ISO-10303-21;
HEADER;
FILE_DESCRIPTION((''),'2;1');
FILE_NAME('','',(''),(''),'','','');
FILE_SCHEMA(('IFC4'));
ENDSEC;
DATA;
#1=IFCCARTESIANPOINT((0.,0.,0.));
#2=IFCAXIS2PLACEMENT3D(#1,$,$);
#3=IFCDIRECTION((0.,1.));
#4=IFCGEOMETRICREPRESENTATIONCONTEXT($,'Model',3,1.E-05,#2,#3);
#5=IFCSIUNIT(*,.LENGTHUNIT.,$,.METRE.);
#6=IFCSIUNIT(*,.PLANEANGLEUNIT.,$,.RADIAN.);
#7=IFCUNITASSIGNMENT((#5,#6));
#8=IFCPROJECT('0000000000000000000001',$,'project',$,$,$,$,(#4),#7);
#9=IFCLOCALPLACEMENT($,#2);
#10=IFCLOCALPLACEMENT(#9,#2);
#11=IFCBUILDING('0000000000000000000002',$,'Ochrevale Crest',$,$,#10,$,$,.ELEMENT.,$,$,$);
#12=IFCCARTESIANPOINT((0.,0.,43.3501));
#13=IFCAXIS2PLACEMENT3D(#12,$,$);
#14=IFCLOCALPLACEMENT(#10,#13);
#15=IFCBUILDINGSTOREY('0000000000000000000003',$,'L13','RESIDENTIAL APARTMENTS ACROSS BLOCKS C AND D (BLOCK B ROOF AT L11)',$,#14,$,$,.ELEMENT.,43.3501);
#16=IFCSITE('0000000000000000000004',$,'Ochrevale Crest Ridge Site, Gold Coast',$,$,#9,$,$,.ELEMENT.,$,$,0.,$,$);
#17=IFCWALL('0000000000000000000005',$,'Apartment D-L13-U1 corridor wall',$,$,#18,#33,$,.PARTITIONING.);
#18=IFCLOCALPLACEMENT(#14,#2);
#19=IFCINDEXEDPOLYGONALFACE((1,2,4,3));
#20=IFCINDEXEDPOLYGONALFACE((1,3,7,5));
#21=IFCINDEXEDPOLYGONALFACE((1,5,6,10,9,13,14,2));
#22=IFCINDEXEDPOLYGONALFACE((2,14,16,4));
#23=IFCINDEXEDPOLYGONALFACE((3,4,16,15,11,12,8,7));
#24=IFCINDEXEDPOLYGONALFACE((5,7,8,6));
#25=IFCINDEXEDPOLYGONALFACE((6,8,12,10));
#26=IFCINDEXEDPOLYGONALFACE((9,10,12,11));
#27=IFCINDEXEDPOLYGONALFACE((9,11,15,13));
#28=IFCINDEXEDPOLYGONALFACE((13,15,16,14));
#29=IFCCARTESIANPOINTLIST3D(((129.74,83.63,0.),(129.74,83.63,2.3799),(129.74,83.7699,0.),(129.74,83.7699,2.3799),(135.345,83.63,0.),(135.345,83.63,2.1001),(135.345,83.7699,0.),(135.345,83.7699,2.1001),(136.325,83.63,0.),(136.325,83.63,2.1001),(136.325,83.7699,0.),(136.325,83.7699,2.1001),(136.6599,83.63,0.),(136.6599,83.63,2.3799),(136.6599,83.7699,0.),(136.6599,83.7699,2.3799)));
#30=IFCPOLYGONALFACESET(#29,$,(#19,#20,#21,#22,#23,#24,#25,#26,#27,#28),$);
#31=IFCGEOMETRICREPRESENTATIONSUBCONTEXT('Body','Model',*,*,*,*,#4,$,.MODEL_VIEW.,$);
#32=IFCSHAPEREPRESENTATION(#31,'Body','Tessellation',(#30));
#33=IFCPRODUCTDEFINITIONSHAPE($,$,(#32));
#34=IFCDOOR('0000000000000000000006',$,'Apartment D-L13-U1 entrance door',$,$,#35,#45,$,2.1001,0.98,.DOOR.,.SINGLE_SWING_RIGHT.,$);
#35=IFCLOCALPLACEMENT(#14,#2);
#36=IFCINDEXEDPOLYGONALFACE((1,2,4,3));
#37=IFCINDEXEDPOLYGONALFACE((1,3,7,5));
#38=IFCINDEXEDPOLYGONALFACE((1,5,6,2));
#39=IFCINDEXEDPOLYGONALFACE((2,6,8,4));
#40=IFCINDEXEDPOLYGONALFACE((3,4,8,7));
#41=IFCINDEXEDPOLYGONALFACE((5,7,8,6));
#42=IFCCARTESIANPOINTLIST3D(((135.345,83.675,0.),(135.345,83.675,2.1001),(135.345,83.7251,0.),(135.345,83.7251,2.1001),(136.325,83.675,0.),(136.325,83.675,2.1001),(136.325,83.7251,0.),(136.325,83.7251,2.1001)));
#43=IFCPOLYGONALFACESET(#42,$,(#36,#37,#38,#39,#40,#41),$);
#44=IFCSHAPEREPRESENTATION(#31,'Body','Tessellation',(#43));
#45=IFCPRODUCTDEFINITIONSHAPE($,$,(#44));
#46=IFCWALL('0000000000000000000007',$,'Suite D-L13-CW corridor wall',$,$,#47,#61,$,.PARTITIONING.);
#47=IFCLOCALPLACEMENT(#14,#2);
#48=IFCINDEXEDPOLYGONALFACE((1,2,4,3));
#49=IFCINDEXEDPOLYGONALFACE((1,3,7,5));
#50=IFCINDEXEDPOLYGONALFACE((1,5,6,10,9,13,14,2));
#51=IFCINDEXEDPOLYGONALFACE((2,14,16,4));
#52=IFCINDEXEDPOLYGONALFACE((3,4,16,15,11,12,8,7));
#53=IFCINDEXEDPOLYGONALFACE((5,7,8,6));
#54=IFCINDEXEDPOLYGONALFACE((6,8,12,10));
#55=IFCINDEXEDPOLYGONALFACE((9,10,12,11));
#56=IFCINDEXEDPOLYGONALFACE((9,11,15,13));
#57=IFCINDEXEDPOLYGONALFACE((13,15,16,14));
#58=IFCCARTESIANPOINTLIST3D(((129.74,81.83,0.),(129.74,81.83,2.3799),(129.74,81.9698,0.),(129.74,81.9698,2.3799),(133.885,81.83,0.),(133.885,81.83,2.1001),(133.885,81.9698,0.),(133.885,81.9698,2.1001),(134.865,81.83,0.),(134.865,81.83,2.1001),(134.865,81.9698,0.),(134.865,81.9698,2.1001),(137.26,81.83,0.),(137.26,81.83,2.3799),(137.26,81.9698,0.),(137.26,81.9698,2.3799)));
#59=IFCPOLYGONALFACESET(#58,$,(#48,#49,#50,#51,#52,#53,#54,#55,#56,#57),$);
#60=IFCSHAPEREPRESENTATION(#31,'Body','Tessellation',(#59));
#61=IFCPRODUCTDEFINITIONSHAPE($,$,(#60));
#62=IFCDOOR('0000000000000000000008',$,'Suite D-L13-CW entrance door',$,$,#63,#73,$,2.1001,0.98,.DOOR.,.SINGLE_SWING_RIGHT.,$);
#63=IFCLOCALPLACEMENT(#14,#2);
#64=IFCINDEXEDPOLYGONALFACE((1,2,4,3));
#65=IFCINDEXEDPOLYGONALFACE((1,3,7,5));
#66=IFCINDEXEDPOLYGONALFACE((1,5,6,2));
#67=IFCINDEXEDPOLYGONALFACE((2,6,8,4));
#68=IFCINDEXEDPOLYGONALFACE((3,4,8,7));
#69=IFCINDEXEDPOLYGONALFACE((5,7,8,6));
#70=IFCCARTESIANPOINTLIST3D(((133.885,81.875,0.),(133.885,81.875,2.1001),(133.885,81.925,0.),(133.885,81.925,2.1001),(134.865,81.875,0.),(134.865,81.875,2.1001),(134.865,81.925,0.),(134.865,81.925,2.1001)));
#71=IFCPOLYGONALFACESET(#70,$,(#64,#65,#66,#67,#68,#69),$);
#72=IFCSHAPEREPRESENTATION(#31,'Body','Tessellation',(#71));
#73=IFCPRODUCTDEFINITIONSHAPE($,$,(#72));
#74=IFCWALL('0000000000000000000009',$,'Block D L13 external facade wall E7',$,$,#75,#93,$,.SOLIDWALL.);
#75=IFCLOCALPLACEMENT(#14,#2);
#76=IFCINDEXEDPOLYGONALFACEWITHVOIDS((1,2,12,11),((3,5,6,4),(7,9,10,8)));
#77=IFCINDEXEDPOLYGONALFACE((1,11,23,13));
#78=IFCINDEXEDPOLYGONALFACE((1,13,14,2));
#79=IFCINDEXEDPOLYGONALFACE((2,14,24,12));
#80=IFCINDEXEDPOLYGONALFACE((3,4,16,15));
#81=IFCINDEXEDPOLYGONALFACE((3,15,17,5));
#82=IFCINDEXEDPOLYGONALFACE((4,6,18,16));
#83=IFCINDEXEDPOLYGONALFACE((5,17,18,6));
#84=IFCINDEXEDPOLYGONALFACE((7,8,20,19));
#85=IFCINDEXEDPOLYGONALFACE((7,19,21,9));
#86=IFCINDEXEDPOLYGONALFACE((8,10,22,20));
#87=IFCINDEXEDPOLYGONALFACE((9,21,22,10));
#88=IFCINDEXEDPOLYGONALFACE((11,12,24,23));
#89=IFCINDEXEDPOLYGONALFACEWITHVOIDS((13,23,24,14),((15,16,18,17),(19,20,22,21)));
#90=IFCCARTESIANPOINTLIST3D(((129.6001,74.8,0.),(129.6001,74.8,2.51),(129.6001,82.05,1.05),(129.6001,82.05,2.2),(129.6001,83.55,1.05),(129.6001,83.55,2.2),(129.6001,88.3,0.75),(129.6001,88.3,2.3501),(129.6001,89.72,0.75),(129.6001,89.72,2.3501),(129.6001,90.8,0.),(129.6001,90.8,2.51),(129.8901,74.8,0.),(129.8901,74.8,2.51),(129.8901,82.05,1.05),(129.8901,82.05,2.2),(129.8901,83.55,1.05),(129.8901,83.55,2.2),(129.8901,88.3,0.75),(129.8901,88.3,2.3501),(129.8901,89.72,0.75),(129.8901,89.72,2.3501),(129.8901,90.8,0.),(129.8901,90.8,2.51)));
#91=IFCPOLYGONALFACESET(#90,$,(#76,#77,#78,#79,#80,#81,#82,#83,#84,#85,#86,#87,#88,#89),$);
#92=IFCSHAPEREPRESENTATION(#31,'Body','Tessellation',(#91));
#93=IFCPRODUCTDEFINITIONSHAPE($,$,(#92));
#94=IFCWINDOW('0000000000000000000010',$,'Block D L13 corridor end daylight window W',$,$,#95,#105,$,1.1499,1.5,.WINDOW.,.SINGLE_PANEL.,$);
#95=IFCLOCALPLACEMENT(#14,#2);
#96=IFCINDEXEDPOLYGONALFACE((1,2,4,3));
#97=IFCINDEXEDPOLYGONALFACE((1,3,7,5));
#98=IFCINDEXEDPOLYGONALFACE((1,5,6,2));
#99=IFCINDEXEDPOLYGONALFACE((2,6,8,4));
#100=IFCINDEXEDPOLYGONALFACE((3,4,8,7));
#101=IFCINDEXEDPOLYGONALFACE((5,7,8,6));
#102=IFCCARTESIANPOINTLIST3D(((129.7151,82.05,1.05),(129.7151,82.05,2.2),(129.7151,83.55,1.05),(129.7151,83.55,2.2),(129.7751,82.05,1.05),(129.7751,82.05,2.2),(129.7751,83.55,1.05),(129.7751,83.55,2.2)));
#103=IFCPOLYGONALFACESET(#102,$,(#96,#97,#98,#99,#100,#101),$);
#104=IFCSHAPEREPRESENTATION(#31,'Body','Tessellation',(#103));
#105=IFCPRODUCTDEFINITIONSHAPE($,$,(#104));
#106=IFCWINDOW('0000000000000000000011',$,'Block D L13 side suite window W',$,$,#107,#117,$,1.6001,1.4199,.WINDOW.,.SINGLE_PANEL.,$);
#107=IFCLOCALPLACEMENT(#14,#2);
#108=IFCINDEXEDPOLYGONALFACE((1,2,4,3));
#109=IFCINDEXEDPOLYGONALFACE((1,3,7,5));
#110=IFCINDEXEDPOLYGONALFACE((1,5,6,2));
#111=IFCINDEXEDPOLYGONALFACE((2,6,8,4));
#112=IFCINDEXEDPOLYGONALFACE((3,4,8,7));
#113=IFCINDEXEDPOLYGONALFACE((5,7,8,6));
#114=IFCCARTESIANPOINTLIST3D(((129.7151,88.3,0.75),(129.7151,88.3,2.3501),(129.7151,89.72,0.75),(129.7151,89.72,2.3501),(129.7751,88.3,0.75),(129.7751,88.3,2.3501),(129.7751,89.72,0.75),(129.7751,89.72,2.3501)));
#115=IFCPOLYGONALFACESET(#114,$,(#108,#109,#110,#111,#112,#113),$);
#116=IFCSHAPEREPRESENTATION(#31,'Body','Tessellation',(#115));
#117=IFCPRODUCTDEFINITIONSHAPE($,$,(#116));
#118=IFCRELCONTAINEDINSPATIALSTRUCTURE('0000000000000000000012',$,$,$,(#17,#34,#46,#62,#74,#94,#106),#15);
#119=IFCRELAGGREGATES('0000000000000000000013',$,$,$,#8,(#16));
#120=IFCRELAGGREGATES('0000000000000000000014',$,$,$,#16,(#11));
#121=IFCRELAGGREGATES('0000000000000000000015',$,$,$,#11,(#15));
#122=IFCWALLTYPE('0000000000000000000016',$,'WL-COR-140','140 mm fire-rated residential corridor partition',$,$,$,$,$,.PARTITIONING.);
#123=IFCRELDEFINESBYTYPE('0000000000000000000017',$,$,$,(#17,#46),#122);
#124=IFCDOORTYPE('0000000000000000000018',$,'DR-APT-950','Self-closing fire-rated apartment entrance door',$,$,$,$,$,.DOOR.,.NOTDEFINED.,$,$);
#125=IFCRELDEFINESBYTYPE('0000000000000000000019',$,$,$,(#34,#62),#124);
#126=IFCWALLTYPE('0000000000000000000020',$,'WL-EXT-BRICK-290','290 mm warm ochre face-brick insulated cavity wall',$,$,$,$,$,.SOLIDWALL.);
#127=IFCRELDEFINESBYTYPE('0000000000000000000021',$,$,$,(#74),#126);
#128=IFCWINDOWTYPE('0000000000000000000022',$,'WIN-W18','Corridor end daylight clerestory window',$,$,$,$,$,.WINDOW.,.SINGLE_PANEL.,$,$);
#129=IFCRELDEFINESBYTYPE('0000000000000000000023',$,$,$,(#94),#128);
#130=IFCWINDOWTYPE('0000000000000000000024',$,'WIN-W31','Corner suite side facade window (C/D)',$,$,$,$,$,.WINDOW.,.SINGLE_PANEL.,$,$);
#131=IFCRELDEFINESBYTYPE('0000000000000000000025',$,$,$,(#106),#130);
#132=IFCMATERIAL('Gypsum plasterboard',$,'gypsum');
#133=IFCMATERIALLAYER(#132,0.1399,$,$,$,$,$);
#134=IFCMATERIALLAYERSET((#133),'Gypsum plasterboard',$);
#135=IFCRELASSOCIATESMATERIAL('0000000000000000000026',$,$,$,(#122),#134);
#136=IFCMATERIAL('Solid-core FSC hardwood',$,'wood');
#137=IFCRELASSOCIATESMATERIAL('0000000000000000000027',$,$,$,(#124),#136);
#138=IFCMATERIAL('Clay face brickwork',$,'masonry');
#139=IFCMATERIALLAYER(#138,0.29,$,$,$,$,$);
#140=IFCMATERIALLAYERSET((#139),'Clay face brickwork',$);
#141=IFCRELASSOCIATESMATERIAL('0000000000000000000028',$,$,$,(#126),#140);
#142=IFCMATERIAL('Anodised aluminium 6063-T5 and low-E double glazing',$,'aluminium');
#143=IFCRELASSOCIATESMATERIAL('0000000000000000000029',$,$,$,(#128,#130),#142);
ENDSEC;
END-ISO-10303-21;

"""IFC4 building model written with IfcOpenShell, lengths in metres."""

from ifc_helpers import new_model, si_unit, direction, frame, frame_2d, origin, place, context, subcontext, project, spatial, rectangle, extrude, material, layer, layer_set, type_object, element, fill, save


model = new_model("IFC4")

# Units and contexts
model_context = context("Model", 3, precision=1e-05, world=origin(), true_north=direction((0.0, 1.0)))
body_context = subcontext(model_context, "Body", "Model", "MODEL_VIEW")
ifc_project = project(units=[si_unit("LENGTHUNIT", "METRE"), si_unit("PLANEANGLEUNIT", "RADIAN")], contexts=[model_context])

# Site, building, storey
site_placement = place(None, origin())
site = spatial("IfcSite", under=ifc_project, at=site_placement, Name="Ochrevale Crest Ridge Site, Gold Coast", CompositionType="ELEMENT", RefElevation=0.0)
building_placement = place(site_placement, origin())
building = spatial("IfcBuilding", under=site, at=building_placement, Name="Ochrevale Crest", CompositionType="ELEMENT")
storey_placement = place(building_placement, frame((0.0, 0.0, 43.3501)))
storey = spatial("IfcBuildingStorey", under=building, at=storey_placement, Name="L13", Description="RESIDENTIAL APARTMENTS ACROSS BLOCKS C AND D (BLOCK B ROOF AT L11)", CompositionType="ELEMENT", Elevation=43.3501)

# Walls, openings, doors
ifc_material_1 = material(Name="Gypsum plasterboard", Category="gypsum")
ifc_layer_1 = layer(ifc_material_1, 0.1399)
ifc_layer_set_1 = layer_set([ifc_layer_1], Name="Gypsum plasterboard")
wall_type_1 = type_object("IfcWallType", Name="WL-COR-140", Description="140 mm fire-rated residential corridor partition", PredefinedType="PARTITIONING", material=ifc_layer_set_1)
wall_1_placement = place(storey_placement, frame((129.74, 83.7, 0.0), z_axis=(0.0, 0.0, 1.0), x_axis=(1.0, 0.0, 0.0)))
wall_1 = element("IfcWall", 1, at=wall_1_placement, inside=storey, type_object=wall_type_1, Name="Apartment D-L13-U1 corridor wall", PredefinedType="PARTITIONING", context=body_context, shape_type="SweptSolid", body=[
    extrude(rectangle(XDim=6.9199, YDim=0.1399, at=frame_2d((3.46, 0.0))), origin(), (0.0, 0.0, 1.0), 2.3799),
])
opening_1_placement = place(wall_1_placement, frame((6.585, 0.0, 0.0), z_axis=(0.0, 0.0, 1.0), x_axis=(-1.0, 0.0, 0.0)))
opening_1 = element("IfcOpeningElement", 2, at=opening_1_placement, cuts=wall_1, PredefinedType="OPENING", context=body_context, shape_type="SweptSolid", body=[
    extrude(rectangle(XDim=0.98, YDim=2.1001, at=frame_2d((0.49, 1.05))), frame((0.0, 0.0801, 0.0), z_axis=(0.0, -1.0, 0.0), x_axis=(1.0, 0.0, 0.0)), (0.0, 0.0, 1.0), 0.1599),
])
ifc_material_2 = material(Name="Solid-core FSC hardwood", Category="wood")
door_type_1 = type_object("IfcDoorType", Name="DR-APT-950", Description="Self-closing fire-rated apartment entrance door", OperationType="NOTDEFINED", PredefinedType="DOOR", material=ifc_material_2)
door_1_placement = place(opening_1_placement, origin())
door_1 = element("IfcDoor", 3, at=door_1_placement, inside=storey, type_object=door_type_1, Name="Apartment D-L13-U1 entrance door", OperationType="SINGLE_SWING_RIGHT", OverallHeight=2.1001, OverallWidth=0.98, PredefinedType="DOOR", context=body_context, shape_type="SweptSolid", body=[
    extrude(rectangle(XDim=0.98, YDim=2.1001, at=frame_2d((0.49, 1.05))), frame((0.0, 0.0249, 0.0), z_axis=(0.0, -1.0, 0.0), x_axis=(1.0, 0.0, 0.0)), (0.0, 0.0, 1.0), 0.05),
])
fill(opening_1, door_1)
wall_2_placement = place(storey_placement, frame((129.74, 81.8999, 0.0), z_axis=(0.0, 0.0, 1.0), x_axis=(1.0, 0.0, 0.0)))
wall_2 = element("IfcWall", 4, at=wall_2_placement, inside=storey, type_object=wall_type_1, Name="Suite D-L13-CW corridor wall", PredefinedType="PARTITIONING", context=body_context, shape_type="SweptSolid", body=[
    extrude(rectangle(XDim=7.52, YDim=0.1399, at=frame_2d((3.76, 0.0))), origin(), (0.0, 0.0, 1.0), 2.3799),
])
opening_2_placement = place(wall_2_placement, frame((5.125, 0.0, 0.0), z_axis=(0.0, 0.0, 1.0), x_axis=(-1.0, 0.0, 0.0)))
opening_2 = element("IfcOpeningElement", 5, at=opening_2_placement, cuts=wall_2, PredefinedType="OPENING", context=body_context, shape_type="SweptSolid", body=[
    extrude(rectangle(XDim=0.98, YDim=2.1001, at=frame_2d((0.49, 1.05))), frame((0.0, 0.0801, 0.0), z_axis=(0.0, -1.0, 0.0), x_axis=(1.0, 0.0, 0.0)), (0.0, 0.0, 1.0), 0.1599),
])
door_2_placement = place(opening_2_placement, origin())
door_2 = element("IfcDoor", 6, at=door_2_placement, inside=storey, type_object=door_type_1, Name="Suite D-L13-CW entrance door", OperationType="SINGLE_SWING_RIGHT", OverallHeight=2.1001, OverallWidth=0.98, PredefinedType="DOOR", context=body_context, shape_type="SweptSolid", body=[
    extrude(rectangle(XDim=0.98, YDim=2.1001, at=frame_2d((0.49, 1.05))), frame((0.0, 0.0249, 0.0), z_axis=(0.0, -1.0, 0.0), x_axis=(1.0, 0.0, 0.0)), (0.0, 0.0, 1.0), 0.05),
])
fill(opening_2, door_2)

# Wall, openings, windows
ifc_material_3 = material(Name="Clay face brickwork", Category="masonry")
ifc_layer_2 = layer(ifc_material_3, 0.29)
ifc_layer_set_2 = layer_set([ifc_layer_2], Name="Clay face brickwork")
wall_type_2 = type_object("IfcWallType", Name="WL-EXT-BRICK-290", Description="290 mm warm ochre face-brick insulated cavity wall", PredefinedType="SOLIDWALL", material=ifc_layer_set_2)
wall_3_placement = place(storey_placement, frame((129.7451, 90.8, 0.0), z_axis=(0.0, 0.0, 1.0), x_axis=(0.0, -1.0, 0.0)))
wall_3 = element("IfcWall", 7, at=wall_3_placement, inside=storey, type_object=wall_type_2, Name="Block D L13 external facade wall E7", PredefinedType="SOLIDWALL", context=body_context, shape_type="SweptSolid", body=[
    extrude(rectangle(XDim=16.0, YDim=0.29, at=frame_2d((8.0, 0.0))), origin(), (0.0, 0.0, 1.0), 2.51),
])
opening_3_placement = place(wall_3_placement, frame((7.25, 0.0, 1.05)))
opening_3 = element("IfcOpeningElement", 8, at=opening_3_placement, cuts=wall_3, PredefinedType="OPENING", context=body_context, shape_type="SweptSolid", body=[
    extrude(rectangle(XDim=1.5, YDim=1.1499, at=frame_2d((0.75, 0.575))), frame((0.0, 0.155, 0.0), z_axis=(0.0, -1.0, 0.0), x_axis=(1.0, 0.0, 0.0)), (0.0, 0.0, 1.0), 0.3101),
])
opening_4_placement = place(wall_3_placement, frame((1.0801, 0.0, 0.75)))
opening_4 = element("IfcOpeningElement", 9, at=opening_4_placement, cuts=wall_3, PredefinedType="OPENING", context=body_context, shape_type="SweptSolid", body=[
    extrude(rectangle(XDim=1.4199, YDim=1.6001, at=frame_2d((0.71, 0.8))), frame((0.0, 0.155, 0.0), z_axis=(0.0, -1.0, 0.0), x_axis=(1.0, 0.0, 0.0)), (0.0, 0.0, 1.0), 0.3101),
])
ifc_material_4 = material(Name="Anodised aluminium 6063-T5 and low-E double glazing", Category="aluminium")
window_type_1 = type_object("IfcWindowType", Name="WIN-W18", Description="Corridor end daylight clerestory window", PartitioningType="SINGLE_PANEL", PredefinedType="WINDOW", material=ifc_material_4)
window_1_placement = place(opening_3_placement, origin())
window_1 = element("IfcWindow", 10, at=window_1_placement, inside=storey, type_object=window_type_1, Name="Block D L13 corridor end daylight window W", OverallHeight=1.1499, OverallWidth=1.5, PartitioningType="SINGLE_PANEL", PredefinedType="WINDOW", context=body_context, shape_type="SweptSolid", body=[
    extrude(rectangle(XDim=1.5, YDim=1.1499, at=frame_2d((0.75, 0.575))), frame((0.0, 0.03, 0.0), z_axis=(0.0, -1.0, 0.0), x_axis=(1.0, 0.0, 0.0)), (0.0, 0.0, 1.0), 0.0601),
])
fill(opening_3, window_1)
window_type_2 = type_object("IfcWindowType", Name="WIN-W31", Description="Corner suite side facade window (C/D)", PartitioningType="SINGLE_PANEL", PredefinedType="WINDOW", material=ifc_material_4)
window_2_placement = place(opening_4_placement, origin())
window_2 = element("IfcWindow", 11, at=window_2_placement, inside=storey, type_object=window_type_2, Name="Block D L13 side suite window W", OverallHeight=1.6001, OverallWidth=1.4199, PartitioningType="SINGLE_PANEL", PredefinedType="WINDOW", context=body_context, shape_type="SweptSolid", body=[
    extrude(rectangle(XDim=1.4199, YDim=1.6001, at=frame_2d((0.71, 0.8))), frame((0.0, 0.03, 0.0), z_axis=(0.0, -1.0, 0.0), x_axis=(1.0, 0.0, 0.0)), (0.0, 0.0, 1.0), 0.0601),
])
fill(opening_4, window_2)

save(model, "model.ifc")
